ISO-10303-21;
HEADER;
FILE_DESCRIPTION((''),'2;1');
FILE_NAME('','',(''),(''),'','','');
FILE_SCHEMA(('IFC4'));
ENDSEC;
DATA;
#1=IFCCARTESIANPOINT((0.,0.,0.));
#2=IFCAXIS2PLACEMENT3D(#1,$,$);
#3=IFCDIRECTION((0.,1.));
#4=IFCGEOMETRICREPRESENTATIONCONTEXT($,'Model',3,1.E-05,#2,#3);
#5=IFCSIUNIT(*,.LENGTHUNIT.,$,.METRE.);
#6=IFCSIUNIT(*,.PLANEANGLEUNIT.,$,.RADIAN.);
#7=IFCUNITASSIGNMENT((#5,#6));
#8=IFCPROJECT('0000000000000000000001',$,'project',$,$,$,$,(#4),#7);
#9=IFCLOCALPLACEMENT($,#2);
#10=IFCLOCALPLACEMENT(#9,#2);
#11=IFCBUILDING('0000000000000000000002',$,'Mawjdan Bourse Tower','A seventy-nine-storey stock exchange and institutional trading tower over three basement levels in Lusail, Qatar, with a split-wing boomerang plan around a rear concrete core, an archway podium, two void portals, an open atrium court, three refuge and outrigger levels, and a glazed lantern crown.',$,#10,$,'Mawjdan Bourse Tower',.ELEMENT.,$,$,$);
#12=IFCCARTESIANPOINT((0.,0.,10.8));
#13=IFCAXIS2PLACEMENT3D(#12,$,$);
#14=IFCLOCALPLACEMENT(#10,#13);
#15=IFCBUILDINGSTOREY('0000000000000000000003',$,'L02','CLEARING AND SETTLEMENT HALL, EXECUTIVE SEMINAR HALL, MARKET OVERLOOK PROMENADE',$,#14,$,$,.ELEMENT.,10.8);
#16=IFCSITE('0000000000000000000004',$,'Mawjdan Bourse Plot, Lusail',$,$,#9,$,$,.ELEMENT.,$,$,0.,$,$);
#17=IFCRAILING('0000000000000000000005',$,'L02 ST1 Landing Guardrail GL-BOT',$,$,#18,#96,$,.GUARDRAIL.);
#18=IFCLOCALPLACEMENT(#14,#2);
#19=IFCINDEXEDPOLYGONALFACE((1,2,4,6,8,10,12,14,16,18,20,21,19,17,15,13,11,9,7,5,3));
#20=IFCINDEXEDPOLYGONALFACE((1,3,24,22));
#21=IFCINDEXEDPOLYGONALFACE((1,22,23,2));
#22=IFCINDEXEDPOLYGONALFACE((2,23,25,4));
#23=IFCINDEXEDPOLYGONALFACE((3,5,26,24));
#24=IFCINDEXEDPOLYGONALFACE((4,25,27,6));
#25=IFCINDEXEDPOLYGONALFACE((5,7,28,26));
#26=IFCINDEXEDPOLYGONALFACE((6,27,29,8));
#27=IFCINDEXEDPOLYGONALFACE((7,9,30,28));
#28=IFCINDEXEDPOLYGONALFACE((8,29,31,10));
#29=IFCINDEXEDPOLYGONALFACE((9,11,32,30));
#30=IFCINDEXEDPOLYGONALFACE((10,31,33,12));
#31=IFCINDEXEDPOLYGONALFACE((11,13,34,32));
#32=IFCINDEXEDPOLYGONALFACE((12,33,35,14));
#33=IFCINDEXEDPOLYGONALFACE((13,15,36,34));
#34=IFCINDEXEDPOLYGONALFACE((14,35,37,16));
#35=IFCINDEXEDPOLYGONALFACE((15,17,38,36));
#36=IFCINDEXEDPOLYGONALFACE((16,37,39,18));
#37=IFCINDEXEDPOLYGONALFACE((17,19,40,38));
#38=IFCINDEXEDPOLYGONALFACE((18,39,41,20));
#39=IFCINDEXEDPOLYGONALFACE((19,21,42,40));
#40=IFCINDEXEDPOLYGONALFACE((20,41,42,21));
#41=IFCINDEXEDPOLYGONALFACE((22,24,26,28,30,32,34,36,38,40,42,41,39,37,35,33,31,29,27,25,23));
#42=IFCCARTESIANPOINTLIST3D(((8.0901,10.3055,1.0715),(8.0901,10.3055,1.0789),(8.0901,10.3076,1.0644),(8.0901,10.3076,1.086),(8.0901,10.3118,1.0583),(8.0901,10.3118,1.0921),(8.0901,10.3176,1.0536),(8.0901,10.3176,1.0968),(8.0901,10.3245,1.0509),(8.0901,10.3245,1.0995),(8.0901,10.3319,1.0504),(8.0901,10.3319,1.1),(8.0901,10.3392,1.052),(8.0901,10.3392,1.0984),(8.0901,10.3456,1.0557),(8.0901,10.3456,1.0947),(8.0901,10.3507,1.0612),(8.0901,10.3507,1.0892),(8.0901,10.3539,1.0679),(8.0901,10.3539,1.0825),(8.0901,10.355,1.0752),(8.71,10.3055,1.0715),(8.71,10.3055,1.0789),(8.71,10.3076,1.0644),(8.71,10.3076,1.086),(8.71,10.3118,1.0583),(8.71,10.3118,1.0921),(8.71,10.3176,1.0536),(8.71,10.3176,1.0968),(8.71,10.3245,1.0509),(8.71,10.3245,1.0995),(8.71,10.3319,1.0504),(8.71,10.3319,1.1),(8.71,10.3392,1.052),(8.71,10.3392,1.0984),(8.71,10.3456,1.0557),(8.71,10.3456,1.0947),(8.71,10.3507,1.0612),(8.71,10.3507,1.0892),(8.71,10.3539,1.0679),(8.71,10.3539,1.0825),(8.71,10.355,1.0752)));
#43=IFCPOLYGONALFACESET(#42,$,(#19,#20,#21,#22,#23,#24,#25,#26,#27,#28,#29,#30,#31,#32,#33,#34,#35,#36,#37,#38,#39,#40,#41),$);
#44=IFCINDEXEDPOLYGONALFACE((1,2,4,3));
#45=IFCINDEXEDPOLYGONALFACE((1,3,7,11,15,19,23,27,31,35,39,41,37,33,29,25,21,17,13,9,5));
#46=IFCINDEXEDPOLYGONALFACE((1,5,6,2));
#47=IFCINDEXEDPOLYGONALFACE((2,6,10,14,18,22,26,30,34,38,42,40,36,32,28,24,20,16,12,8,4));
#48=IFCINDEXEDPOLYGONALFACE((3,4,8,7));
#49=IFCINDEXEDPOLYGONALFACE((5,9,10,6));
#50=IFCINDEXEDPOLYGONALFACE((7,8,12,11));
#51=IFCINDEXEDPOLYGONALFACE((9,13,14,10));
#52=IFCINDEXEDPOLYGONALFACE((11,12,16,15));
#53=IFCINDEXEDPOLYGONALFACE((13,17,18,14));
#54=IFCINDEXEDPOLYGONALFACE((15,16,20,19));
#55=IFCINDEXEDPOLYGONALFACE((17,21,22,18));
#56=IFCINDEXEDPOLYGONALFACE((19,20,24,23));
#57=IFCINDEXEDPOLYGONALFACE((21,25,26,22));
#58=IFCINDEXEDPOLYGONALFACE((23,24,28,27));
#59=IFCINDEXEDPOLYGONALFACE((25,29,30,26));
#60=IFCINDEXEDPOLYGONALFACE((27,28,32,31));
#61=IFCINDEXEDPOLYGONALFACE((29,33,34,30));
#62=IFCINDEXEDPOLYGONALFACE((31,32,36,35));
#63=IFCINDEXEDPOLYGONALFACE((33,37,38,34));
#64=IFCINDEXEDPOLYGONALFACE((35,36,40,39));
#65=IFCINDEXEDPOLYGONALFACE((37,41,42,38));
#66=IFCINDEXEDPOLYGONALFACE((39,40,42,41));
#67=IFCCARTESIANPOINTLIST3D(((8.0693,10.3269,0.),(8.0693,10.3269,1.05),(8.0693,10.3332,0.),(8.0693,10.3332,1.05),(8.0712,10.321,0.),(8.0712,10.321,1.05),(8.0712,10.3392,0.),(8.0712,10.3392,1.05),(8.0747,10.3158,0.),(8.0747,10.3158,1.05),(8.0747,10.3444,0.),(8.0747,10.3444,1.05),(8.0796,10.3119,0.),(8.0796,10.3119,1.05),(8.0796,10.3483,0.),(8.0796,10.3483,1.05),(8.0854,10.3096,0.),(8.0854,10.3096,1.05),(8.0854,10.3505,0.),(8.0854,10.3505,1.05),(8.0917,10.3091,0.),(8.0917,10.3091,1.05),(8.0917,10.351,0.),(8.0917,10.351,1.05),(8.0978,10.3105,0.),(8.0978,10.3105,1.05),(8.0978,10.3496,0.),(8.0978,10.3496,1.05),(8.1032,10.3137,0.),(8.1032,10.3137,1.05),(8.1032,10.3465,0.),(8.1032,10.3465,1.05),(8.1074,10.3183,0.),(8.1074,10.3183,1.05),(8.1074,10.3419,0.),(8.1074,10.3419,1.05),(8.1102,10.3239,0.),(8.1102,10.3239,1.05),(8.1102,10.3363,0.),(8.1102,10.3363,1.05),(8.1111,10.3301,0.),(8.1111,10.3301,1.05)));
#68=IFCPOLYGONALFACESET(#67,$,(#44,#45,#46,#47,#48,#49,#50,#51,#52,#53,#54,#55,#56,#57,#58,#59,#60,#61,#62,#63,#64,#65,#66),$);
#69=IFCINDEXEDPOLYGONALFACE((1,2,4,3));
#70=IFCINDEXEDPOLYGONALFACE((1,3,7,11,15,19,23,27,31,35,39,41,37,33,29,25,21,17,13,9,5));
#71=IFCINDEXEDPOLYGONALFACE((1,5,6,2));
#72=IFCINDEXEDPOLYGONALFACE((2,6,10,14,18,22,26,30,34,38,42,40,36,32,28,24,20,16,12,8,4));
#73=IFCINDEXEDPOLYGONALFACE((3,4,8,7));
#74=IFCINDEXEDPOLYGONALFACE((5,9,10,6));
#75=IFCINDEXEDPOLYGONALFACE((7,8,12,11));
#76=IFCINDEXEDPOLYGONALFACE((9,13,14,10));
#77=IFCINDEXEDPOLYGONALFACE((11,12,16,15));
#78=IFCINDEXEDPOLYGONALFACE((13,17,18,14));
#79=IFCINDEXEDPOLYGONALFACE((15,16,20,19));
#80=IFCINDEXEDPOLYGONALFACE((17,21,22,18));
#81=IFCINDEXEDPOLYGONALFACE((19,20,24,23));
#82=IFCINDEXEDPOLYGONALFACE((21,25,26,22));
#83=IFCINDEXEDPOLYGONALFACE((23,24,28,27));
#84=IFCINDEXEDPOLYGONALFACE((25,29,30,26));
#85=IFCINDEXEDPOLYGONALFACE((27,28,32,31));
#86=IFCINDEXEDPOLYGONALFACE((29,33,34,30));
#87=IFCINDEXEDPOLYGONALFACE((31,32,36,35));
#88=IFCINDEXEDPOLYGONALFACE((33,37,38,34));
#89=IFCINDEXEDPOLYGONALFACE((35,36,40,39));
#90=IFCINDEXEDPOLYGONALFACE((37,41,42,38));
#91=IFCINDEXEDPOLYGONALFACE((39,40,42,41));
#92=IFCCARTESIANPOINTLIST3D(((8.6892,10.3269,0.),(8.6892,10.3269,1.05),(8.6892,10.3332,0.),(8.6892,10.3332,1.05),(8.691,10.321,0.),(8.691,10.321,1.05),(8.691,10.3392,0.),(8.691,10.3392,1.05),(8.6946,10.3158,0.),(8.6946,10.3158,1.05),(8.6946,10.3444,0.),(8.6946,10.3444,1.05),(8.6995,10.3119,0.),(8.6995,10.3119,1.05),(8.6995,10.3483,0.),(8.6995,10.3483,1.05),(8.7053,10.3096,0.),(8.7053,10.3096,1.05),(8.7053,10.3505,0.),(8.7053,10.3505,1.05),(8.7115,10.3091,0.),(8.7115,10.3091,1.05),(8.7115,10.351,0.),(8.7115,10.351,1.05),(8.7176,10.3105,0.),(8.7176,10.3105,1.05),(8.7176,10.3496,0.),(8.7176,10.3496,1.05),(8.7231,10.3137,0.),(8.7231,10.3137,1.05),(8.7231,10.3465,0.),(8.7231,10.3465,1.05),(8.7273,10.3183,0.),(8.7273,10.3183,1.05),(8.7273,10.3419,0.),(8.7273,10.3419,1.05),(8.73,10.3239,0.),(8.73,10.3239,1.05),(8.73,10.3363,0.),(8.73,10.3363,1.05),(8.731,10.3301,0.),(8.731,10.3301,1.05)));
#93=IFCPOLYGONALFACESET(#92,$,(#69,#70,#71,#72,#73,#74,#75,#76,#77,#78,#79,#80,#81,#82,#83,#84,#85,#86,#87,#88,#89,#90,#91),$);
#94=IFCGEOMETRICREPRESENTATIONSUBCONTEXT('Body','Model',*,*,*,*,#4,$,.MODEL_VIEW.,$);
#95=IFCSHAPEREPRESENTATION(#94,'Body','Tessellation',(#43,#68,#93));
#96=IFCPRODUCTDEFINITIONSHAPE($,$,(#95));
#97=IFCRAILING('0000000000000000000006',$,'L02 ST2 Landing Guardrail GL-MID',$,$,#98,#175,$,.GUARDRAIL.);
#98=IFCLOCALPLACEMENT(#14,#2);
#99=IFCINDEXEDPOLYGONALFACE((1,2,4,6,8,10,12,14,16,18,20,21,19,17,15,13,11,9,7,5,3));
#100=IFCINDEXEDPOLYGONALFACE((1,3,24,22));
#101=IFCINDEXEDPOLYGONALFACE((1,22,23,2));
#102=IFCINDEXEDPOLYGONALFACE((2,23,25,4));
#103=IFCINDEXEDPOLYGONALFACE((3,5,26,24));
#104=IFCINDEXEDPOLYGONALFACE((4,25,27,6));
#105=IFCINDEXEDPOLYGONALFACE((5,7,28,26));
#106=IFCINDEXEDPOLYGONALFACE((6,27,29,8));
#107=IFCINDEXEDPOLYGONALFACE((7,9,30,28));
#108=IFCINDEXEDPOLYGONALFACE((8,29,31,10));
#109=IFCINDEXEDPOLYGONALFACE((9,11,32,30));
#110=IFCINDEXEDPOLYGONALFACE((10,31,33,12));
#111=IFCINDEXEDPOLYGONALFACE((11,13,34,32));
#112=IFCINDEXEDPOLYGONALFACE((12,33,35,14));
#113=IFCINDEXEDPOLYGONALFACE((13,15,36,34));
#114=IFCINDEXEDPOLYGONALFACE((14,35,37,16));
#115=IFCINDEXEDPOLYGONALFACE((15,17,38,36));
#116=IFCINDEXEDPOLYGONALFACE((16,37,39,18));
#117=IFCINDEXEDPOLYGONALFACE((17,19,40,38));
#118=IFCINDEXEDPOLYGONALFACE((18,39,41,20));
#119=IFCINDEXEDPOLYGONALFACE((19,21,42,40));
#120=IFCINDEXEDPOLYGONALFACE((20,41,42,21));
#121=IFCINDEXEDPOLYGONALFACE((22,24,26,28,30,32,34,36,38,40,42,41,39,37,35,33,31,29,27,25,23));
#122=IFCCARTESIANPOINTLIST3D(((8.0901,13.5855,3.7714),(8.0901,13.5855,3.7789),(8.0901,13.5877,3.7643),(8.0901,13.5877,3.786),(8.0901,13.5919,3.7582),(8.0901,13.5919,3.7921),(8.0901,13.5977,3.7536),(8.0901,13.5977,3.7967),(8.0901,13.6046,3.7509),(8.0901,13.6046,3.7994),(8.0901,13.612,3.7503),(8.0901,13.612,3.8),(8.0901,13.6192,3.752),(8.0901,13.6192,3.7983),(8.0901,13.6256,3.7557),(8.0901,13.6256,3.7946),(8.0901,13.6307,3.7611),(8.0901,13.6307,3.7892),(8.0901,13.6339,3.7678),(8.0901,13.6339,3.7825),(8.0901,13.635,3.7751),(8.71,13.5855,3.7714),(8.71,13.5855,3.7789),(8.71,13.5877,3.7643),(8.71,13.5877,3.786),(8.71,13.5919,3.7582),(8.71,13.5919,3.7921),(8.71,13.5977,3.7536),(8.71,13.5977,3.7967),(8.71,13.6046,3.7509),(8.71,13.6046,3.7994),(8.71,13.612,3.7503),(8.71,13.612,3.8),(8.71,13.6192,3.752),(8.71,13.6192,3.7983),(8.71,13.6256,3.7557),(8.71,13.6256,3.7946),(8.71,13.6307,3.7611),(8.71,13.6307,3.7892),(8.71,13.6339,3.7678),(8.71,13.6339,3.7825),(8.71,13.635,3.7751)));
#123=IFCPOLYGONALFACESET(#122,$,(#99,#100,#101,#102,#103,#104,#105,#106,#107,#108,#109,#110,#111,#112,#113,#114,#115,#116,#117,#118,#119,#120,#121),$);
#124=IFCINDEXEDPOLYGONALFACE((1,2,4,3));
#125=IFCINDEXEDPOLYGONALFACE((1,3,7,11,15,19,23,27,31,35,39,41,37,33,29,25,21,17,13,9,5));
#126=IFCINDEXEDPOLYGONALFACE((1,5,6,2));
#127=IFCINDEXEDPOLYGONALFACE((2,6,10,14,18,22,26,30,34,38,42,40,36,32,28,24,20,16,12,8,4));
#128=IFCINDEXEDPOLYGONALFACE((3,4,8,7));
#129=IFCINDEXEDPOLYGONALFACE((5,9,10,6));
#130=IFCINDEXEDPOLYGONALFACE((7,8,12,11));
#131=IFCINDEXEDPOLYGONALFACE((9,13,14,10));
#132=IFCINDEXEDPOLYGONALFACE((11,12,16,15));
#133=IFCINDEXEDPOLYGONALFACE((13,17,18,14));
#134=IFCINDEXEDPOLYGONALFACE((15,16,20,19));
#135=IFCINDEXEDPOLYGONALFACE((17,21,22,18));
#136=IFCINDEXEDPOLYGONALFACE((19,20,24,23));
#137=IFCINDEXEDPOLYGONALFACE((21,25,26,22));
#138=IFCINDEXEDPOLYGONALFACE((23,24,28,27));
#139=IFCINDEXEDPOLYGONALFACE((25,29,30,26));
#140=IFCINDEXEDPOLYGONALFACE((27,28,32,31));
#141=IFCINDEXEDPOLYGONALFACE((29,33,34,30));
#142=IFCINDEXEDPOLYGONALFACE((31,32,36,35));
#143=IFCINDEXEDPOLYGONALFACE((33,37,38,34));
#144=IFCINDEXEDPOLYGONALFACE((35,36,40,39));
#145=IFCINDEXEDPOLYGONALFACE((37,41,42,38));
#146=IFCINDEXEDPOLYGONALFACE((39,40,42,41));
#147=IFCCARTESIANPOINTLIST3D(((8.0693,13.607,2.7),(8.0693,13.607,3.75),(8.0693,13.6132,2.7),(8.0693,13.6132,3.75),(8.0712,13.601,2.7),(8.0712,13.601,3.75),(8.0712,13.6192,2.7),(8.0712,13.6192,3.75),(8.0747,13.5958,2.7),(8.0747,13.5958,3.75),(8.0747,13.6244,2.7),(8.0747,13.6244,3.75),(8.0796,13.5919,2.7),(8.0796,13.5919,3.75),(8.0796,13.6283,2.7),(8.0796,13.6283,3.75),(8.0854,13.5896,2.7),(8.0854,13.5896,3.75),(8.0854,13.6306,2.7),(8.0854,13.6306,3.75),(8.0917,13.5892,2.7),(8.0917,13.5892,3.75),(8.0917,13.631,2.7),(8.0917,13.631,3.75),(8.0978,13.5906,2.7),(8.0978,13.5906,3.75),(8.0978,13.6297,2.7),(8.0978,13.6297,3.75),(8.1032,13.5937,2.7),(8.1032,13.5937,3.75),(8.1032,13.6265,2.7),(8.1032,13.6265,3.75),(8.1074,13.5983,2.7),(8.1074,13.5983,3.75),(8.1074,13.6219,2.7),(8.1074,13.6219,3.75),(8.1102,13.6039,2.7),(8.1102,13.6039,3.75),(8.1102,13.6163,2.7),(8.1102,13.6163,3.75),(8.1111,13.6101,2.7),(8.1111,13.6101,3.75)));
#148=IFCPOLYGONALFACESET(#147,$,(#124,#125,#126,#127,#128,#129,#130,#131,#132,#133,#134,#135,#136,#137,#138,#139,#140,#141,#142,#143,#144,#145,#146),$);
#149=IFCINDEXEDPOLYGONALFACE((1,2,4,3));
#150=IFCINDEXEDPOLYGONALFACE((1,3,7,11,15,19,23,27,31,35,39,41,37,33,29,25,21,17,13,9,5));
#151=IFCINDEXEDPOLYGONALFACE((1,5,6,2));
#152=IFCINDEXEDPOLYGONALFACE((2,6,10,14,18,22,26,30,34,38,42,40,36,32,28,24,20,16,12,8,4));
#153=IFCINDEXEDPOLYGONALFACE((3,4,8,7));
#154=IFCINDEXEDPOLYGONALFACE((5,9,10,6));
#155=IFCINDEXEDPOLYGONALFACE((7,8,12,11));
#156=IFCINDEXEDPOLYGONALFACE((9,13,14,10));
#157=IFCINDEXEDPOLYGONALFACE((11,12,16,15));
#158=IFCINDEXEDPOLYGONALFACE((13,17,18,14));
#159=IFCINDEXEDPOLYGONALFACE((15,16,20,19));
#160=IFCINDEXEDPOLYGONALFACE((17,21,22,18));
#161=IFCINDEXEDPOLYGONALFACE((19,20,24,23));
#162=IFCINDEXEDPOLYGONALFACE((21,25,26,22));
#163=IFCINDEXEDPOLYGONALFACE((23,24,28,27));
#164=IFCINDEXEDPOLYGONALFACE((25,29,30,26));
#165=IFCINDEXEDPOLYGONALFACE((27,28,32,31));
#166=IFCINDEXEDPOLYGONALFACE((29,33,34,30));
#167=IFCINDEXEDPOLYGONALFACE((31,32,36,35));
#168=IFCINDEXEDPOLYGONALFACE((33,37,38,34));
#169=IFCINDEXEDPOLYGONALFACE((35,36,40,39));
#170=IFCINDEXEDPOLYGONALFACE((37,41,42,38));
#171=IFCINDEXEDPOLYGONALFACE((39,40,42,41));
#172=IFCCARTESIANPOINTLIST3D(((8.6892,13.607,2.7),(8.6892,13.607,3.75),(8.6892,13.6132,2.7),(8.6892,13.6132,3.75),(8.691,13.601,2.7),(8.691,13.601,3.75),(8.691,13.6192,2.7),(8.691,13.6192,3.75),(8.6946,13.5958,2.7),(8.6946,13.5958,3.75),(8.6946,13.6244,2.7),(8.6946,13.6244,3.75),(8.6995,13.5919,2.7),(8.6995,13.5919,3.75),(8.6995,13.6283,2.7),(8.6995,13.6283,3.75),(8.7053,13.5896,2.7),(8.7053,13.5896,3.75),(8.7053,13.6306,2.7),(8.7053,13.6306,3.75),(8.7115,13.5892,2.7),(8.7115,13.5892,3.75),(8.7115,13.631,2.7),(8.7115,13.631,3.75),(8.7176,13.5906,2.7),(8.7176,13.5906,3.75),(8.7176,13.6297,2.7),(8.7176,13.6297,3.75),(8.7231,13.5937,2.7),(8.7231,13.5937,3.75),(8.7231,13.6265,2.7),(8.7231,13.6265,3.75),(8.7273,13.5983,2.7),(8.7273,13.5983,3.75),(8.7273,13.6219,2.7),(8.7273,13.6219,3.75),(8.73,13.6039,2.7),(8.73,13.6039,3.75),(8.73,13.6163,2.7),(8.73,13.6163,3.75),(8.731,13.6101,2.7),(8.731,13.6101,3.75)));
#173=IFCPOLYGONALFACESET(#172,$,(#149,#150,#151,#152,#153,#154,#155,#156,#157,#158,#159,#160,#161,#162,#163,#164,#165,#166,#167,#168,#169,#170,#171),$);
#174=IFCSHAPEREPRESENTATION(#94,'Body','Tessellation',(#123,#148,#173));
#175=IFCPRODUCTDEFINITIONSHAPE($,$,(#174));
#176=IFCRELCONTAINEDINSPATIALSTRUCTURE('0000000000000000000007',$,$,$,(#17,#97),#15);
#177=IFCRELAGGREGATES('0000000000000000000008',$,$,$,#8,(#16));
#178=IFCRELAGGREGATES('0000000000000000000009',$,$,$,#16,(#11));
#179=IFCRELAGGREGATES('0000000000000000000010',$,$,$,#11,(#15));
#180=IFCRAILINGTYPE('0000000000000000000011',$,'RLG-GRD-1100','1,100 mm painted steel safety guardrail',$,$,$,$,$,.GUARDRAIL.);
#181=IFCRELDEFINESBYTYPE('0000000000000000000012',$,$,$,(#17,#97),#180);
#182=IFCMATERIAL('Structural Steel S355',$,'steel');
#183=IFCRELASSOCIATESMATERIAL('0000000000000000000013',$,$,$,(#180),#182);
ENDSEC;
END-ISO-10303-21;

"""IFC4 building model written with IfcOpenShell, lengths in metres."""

from ifc_helpers import new_model, si_unit, direction, frame, origin, origin_2d, place, context, subcontext, project, spatial, circle, extrude, material, type_object, element, save


model = new_model("IFC4")

# Units and contexts
model_context = context("Model", 3, precision=1e-05, world=origin(), true_north=direction((0.0, 1.0)))
body_context = subcontext(model_context, "Body", "Model", "MODEL_VIEW")
ifc_project = project(units=[si_unit("LENGTHUNIT", "METRE"), si_unit("PLANEANGLEUNIT", "RADIAN")], contexts=[model_context])

# Site, building, storey
site_placement = place(None, origin())
site = spatial("IfcSite", under=ifc_project, at=site_placement, Name="Mawjdan Bourse Plot, Lusail", CompositionType="ELEMENT", RefElevation=0.0)
building_placement = place(site_placement, origin())
building = spatial("IfcBuilding", under=site, at=building_placement, Name="Mawjdan Bourse Tower", Description="A seventy-nine-storey stock exchange and institutional trading tower over three basement levels in Lusail, Qatar, with a split-wing boomerang plan around a rear concrete core, an archway podium, two void portals, an open atrium court, three refuge and outrigger levels, and a glazed lantern crown.", LongName="Mawjdan Bourse Tower", CompositionType="ELEMENT")
storey_placement = place(building_placement, frame((0.0, 0.0, 10.8)))
storey = spatial("IfcBuildingStorey", under=building, at=storey_placement, Name="L02", Description="CLEARING AND SETTLEMENT HALL, EXECUTIVE SEMINAR HALL, MARKET OVERLOOK PROMENADE", CompositionType="ELEMENT", Elevation=10.8)

# Shared definitions
ifc_material_1 = material(Name="Structural Steel S355", Category="steel")

# Railings
railing_type_1 = type_object("IfcRailingType", Name="RLG-GRD-1100", Description="1,100 mm painted steel safety guardrail", PredefinedType="GUARDRAIL", material=ifc_material_1)
for number, where, name in (
    (1, (8.0901, 10.3301, 0.0), "L02 ST1 Landing Guardrail GL-BOT"),
    (2, (8.0901, 13.6101, 2.7), "L02 ST2 Landing Guardrail GL-MID"),
):
    element("IfcRailing", number, at=place(storey_placement, frame(where)), inside=storey, type_object=railing_type_1, Name=name, PredefinedType="GUARDRAIL", context=body_context, shape_type="SweptSolid", body=[
        extrude(circle(Radius=0.0249, at=origin_2d()), frame((0.0, 0.0, 1.0752), z_axis=(1.0, 0.0, 0.0), x_axis=(0.0, 1.0, 0.0)), (0.0, 0.0, 1.0), 0.6199),
        extrude(circle(Radius=0.021, at=origin_2d()), origin(), (0.0, 0.0, 1.0), 1.05),
        extrude(circle(Radius=0.021, at=origin_2d()), frame((0.6199, 0.0, 0.0)), (0.0, 0.0, 1.0), 1.05),
    ])

save(model, "model.ifc")
